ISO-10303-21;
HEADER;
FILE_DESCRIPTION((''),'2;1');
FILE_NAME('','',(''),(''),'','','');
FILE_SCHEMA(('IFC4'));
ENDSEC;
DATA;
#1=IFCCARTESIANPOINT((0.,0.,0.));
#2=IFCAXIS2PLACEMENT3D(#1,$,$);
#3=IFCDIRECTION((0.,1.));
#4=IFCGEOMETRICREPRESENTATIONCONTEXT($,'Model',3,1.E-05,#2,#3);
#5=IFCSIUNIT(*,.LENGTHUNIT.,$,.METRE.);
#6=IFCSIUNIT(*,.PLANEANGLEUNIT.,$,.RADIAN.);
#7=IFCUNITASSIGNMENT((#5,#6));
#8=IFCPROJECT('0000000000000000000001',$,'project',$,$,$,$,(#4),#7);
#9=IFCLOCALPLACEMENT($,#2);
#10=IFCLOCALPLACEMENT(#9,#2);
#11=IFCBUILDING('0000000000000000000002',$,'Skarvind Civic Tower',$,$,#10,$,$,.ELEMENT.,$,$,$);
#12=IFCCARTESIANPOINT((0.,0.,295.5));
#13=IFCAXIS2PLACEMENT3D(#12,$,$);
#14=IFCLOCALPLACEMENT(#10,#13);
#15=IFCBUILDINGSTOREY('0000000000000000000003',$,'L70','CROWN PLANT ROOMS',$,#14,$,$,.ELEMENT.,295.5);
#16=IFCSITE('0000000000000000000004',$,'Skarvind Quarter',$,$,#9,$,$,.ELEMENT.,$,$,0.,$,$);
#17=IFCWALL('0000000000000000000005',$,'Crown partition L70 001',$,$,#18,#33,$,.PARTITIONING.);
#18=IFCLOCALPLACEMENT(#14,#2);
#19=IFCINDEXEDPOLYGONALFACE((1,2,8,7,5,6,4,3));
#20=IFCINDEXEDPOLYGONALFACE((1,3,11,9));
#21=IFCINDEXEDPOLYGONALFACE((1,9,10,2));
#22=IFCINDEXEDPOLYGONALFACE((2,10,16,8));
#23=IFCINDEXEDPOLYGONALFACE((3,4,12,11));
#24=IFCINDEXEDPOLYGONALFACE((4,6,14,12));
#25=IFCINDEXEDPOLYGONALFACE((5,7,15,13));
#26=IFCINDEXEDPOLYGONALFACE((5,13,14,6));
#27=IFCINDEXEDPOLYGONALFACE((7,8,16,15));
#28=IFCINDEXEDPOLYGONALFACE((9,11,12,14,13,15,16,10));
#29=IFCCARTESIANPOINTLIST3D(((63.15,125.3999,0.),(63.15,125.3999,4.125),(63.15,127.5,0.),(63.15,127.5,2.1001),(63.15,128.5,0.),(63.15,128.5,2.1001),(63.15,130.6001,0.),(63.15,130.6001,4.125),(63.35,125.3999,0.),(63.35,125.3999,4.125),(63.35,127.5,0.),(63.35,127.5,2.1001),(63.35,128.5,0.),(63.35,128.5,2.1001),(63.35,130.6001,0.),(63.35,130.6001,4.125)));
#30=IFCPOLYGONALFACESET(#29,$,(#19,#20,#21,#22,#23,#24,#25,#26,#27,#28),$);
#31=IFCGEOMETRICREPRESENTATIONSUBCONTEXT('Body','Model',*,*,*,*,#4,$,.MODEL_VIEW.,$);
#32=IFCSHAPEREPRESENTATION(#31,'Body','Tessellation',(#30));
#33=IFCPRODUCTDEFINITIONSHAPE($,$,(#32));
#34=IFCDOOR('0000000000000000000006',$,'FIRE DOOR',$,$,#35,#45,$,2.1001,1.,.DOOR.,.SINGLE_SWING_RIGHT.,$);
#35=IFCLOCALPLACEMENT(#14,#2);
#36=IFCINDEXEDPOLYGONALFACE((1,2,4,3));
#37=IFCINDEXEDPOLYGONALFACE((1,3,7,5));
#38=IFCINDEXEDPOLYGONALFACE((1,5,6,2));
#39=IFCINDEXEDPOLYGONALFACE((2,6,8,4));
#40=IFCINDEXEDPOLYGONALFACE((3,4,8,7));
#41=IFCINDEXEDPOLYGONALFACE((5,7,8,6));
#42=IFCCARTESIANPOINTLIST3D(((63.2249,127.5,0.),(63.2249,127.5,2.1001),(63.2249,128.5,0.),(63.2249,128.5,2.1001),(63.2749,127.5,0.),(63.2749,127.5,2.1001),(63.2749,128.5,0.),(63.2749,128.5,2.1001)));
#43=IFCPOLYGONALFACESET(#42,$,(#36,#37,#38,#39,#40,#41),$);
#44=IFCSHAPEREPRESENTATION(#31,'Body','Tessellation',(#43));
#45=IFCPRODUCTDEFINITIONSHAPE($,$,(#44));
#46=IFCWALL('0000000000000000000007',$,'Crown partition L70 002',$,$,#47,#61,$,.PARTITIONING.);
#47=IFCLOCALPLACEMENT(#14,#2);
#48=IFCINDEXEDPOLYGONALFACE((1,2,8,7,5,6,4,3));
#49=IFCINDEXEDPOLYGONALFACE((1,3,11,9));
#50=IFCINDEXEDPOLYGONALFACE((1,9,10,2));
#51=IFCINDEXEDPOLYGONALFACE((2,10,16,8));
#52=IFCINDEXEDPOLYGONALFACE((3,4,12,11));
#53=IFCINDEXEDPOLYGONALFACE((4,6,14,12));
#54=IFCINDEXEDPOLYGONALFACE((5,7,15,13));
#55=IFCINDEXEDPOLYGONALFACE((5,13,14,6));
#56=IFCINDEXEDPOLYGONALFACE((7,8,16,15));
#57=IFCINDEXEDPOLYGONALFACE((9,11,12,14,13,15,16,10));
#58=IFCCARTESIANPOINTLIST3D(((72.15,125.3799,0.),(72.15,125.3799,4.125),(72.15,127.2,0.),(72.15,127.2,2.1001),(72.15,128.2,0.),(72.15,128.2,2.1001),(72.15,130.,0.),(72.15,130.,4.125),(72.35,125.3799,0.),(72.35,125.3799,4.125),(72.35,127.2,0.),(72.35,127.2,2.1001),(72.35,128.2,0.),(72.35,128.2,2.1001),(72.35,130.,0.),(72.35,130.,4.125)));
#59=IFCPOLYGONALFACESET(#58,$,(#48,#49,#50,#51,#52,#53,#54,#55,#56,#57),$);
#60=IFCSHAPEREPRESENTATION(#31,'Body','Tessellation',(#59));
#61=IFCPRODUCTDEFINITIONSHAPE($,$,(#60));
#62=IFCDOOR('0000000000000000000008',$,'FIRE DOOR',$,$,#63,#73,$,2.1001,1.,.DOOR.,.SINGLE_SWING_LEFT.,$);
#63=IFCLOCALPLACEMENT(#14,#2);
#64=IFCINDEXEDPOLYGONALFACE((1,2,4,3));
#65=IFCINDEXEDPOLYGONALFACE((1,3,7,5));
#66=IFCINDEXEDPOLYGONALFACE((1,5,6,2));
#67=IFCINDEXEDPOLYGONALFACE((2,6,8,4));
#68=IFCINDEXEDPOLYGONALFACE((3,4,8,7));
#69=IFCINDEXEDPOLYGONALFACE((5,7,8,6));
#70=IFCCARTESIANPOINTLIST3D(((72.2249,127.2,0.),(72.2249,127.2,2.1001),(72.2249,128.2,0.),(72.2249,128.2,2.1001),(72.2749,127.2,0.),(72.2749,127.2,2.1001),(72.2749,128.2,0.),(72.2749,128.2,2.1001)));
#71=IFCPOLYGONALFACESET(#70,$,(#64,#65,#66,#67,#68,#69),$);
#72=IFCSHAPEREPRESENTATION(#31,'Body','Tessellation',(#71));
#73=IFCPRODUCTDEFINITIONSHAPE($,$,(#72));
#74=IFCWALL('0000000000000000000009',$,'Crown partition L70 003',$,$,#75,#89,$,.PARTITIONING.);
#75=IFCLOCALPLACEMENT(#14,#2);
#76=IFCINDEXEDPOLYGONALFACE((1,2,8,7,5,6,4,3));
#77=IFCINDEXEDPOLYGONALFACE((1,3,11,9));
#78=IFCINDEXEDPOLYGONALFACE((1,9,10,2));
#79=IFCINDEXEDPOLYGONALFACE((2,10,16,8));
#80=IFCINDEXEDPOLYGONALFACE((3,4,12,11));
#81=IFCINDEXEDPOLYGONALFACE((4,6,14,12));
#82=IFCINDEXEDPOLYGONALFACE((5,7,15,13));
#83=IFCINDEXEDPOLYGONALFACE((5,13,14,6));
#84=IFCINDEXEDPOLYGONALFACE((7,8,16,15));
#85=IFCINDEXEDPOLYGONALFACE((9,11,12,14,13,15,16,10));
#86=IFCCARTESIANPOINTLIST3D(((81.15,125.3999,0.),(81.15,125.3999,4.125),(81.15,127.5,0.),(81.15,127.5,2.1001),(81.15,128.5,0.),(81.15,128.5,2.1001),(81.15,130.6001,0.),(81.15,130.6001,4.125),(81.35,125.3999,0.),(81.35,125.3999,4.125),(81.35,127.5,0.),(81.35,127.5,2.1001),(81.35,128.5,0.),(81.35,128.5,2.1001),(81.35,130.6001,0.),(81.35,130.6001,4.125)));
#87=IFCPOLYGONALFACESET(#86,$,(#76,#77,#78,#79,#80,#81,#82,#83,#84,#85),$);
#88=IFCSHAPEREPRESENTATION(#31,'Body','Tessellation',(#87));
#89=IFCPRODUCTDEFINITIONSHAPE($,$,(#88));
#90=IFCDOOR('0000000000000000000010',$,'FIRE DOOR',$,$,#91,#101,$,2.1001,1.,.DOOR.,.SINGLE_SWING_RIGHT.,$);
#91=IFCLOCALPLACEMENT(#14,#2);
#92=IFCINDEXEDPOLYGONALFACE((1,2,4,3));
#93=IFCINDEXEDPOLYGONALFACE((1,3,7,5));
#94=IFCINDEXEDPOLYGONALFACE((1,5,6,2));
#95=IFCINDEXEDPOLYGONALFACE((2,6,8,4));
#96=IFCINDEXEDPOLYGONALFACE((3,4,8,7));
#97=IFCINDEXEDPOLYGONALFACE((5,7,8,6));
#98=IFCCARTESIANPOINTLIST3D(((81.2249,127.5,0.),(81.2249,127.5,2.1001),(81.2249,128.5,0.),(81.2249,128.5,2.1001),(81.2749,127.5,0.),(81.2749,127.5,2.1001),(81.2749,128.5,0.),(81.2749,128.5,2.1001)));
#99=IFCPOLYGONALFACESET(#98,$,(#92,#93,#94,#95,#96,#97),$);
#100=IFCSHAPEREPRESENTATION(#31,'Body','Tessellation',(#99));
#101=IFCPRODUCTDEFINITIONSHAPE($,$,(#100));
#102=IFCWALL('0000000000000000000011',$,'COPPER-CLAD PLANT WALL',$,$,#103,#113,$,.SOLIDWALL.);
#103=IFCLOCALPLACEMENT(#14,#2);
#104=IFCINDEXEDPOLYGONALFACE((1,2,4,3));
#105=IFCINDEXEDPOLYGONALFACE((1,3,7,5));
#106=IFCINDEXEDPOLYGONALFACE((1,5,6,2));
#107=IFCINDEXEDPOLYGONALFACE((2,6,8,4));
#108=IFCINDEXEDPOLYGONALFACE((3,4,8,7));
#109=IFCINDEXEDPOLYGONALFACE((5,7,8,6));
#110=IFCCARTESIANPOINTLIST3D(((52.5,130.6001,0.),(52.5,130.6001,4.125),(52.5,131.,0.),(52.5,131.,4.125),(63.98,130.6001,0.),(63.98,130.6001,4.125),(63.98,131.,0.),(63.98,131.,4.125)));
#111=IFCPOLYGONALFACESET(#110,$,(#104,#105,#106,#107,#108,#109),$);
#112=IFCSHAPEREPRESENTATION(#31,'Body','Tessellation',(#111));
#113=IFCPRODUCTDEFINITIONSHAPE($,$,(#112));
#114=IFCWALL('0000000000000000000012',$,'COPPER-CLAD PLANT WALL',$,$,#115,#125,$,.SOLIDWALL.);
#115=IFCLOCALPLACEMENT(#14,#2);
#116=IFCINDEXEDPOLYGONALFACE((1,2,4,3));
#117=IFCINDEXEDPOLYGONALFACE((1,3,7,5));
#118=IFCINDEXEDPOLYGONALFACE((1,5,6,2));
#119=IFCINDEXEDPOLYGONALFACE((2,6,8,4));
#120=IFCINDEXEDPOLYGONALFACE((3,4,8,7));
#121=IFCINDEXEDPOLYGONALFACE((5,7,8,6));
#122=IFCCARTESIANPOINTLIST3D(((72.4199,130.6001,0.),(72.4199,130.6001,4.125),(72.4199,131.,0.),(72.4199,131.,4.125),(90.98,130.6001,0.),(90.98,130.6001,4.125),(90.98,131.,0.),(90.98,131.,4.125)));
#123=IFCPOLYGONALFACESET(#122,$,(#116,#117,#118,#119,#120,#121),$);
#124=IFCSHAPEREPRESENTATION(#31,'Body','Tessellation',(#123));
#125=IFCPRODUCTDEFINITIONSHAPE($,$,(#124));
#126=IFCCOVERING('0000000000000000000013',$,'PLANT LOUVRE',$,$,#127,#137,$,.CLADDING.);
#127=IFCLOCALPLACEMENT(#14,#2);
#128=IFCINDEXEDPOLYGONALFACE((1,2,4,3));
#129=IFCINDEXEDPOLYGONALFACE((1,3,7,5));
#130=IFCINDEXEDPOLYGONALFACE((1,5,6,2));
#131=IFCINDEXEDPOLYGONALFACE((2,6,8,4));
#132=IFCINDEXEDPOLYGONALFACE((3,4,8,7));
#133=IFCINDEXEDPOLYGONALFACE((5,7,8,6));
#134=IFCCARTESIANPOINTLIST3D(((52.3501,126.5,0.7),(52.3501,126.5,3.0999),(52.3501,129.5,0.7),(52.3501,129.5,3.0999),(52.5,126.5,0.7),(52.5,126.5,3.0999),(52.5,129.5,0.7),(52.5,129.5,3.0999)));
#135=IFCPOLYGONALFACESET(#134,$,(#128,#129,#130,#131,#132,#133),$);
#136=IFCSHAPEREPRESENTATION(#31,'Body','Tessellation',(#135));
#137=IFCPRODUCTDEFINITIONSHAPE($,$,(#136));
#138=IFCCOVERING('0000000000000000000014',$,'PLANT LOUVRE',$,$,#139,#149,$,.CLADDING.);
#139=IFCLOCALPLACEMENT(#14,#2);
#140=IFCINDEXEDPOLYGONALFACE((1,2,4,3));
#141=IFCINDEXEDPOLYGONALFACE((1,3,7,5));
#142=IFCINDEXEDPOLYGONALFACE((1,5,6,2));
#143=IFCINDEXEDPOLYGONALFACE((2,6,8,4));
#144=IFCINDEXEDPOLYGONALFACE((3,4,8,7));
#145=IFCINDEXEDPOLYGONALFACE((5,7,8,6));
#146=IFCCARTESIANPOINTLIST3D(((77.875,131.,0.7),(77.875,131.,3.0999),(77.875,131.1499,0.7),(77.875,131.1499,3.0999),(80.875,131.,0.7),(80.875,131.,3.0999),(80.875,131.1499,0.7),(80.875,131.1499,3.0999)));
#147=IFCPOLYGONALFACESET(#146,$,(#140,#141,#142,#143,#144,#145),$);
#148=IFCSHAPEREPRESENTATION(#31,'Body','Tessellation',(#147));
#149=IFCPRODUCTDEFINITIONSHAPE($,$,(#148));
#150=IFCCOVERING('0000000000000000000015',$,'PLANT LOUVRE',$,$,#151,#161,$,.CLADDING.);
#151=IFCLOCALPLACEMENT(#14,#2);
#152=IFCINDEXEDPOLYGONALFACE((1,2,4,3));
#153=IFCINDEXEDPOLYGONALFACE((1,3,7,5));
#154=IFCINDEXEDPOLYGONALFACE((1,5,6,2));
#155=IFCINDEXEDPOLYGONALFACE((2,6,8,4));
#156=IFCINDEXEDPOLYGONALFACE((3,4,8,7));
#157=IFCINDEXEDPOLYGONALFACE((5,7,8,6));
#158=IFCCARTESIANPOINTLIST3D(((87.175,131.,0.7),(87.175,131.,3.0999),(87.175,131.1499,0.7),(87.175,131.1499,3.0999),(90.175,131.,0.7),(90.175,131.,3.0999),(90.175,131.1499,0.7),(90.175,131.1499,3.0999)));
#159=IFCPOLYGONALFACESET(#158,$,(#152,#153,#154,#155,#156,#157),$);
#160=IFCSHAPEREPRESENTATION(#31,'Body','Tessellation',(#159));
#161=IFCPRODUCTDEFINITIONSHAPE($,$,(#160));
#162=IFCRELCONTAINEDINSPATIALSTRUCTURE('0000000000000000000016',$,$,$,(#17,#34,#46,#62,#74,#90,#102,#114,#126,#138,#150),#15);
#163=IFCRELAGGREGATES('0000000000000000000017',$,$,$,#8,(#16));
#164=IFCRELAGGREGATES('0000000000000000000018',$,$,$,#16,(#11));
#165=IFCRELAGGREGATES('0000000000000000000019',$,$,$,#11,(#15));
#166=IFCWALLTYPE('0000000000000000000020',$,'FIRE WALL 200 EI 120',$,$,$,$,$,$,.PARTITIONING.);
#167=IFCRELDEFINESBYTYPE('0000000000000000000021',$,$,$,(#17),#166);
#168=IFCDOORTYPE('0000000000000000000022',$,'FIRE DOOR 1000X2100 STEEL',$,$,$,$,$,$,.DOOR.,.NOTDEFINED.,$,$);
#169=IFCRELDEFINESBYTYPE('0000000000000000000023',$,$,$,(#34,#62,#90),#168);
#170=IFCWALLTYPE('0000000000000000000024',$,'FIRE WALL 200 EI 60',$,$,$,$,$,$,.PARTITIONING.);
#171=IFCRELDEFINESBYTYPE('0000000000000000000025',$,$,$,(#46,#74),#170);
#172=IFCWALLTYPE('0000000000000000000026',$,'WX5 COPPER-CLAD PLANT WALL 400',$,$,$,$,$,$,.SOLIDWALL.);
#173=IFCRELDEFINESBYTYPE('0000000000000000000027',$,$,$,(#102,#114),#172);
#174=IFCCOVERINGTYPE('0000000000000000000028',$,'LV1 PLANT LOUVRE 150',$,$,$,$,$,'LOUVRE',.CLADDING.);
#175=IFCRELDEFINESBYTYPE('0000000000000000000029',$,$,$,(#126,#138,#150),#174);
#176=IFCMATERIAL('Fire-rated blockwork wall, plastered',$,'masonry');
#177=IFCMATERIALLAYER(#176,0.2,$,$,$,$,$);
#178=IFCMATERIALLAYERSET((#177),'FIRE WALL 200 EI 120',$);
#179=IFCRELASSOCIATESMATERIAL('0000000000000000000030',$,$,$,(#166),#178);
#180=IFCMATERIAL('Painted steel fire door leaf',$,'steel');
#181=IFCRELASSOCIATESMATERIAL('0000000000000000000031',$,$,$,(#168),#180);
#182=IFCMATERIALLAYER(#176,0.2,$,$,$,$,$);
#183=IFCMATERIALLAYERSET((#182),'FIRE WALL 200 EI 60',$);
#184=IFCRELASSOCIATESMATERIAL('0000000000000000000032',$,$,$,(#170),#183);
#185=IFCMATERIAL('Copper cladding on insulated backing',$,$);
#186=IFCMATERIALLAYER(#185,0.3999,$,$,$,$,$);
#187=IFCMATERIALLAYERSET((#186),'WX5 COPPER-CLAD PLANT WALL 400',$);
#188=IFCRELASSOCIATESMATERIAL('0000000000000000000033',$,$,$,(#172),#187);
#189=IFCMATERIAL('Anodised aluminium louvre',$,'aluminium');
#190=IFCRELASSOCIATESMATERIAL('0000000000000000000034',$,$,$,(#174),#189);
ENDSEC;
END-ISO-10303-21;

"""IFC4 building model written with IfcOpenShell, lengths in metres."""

from ifc_helpers import new_model, si_unit, direction, frame, frame_2d, origin, origin_2d, place, context, subcontext, project, spatial, rectangle, extrude, material, layer, layer_set, material_profile, profile_set, type_object, element, fill, save


model = new_model("IFC4")

# Units and contexts
model_context = context("Model", 3, precision=1e-05, world=origin(), true_north=direction((0.0, 1.0)))
body_context = subcontext(model_context, "Body", "Model", "MODEL_VIEW")
ifc_project = project(units=[si_unit("LENGTHUNIT", "METRE"), si_unit("PLANEANGLEUNIT", "RADIAN")], contexts=[model_context])

# Site, building, storey
site_placement = place(None, origin())
site = spatial("IfcSite", under=ifc_project, at=site_placement, Name="Skarvind Quarter", CompositionType="ELEMENT", RefElevation=0.0)
building_placement = place(site_placement, origin())
building = spatial("IfcBuilding", under=site, at=building_placement, Name="Skarvind Civic Tower", CompositionType="ELEMENT")
storey_placement = place(building_placement, frame((0.0, 0.0, 295.5)))
storey = spatial("IfcBuildingStorey", under=building, at=storey_placement, Name="L70", Description="CROWN PLANT ROOMS", CompositionType="ELEMENT", Elevation=295.5)

# Walls, openings, doors
ifc_material_1 = material(Name="Fire-rated blockwork wall, plastered", Category="masonry")
ifc_layer_1 = layer(ifc_material_1, 0.2)
ifc_layer_set_1 = layer_set([ifc_layer_1], Name="FIRE WALL 200 EI 120")
wall_type_1 = type_object("IfcWallType", Name="FIRE WALL 200 EI 120", PredefinedType="PARTITIONING", material=ifc_layer_set_1)
wall_1_placement = place(storey_placement, frame((63.25, 130.6001, 0.0), z_axis=(0.0, 0.0, 1.0), x_axis=(0.0, -1.0, 0.0)))
wall_1 = element("IfcWall", 1, at=wall_1_placement, inside=storey, type_object=wall_type_1, Name="Crown partition L70 001", PredefinedType="PARTITIONING", context=body_context, shape_type="SweptSolid", body=[
    extrude(rectangle(XDim=5.2002, YDim=0.2, at=frame_2d((2.6001, 0.0))), origin(), (0.0, 0.0, 1.0), 4.125),
])
opening_1_placement = place(wall_1_placement, frame((2.1001, 0.0, 0.0)))
opening_1 = element("IfcOpeningElement", 2, at=opening_1_placement, cuts=wall_1, PredefinedType="OPENING", context=body_context, shape_type="SweptSolid", body=[
    extrude(rectangle(XDim=1.0, YDim=2.1001, at=frame_2d((0.5, 1.05))), frame((0.0, 0.1099, 0.0), z_axis=(0.0, -1.0, 0.0), x_axis=(1.0, 0.0, 0.0)), (0.0, 0.0, 1.0), 0.22),
])
ifc_material_2 = material(Name="Painted steel fire door leaf", Category="steel")
door_type_1 = type_object("IfcDoorType", Name="FIRE DOOR 1000X2100 STEEL", OperationType="NOTDEFINED", PredefinedType="DOOR", material=ifc_material_2)
door_1_placement = place(opening_1_placement, origin())
door_1 = element("IfcDoor", 3, at=door_1_placement, inside=storey, type_object=door_type_1, Name="FIRE DOOR", OperationType="SINGLE_SWING_RIGHT", OverallHeight=2.1001, OverallWidth=1.0, PredefinedType="DOOR", context=body_context, shape_type="SweptSolid", body=[
    extrude(rectangle(XDim=1.0, YDim=2.1001, at=frame_2d((0.5, 1.05))), frame((0.0, 0.0249, 0.0), z_axis=(0.0, -1.0, 0.0), x_axis=(1.0, 0.0, 0.0)), (0.0, 0.0, 1.0), 0.05),
])
fill(opening_1, door_1)
ifc_layer_2 = layer(ifc_material_1, 0.2)
ifc_layer_set_2 = layer_set([ifc_layer_2], Name="FIRE WALL 200 EI 60")
wall_type_2 = type_object("IfcWallType", Name="FIRE WALL 200 EI 60", PredefinedType="PARTITIONING", material=ifc_layer_set_2)
wall_2_placement = place(storey_placement, frame((72.25, 130.0, 0.0), z_axis=(0.0, 0.0, 1.0), x_axis=(0.0, -1.0, 0.0)))
wall_2 = element("IfcWall", 4, at=wall_2_placement, inside=storey, type_object=wall_type_2, Name="Crown partition L70 002", PredefinedType="PARTITIONING", context=body_context, shape_type="SweptSolid", body=[
    extrude(rectangle(XDim=4.6201, YDim=0.2, at=frame_2d((2.3101, 0.0))), origin(), (0.0, 0.0, 1.0), 4.125),
])
opening_2_placement = place(wall_2_placement, frame((1.8, 0.0, 0.0)))
opening_2 = element("IfcOpeningElement", 5, at=opening_2_placement, cuts=wall_2, PredefinedType="OPENING", context=body_context, shape_type="SweptSolid", body=[
    extrude(rectangle(XDim=1.0, YDim=2.1001, at=frame_2d((0.5, 1.05))), frame((0.0, 0.1099, 0.0), z_axis=(0.0, -1.0, 0.0), x_axis=(1.0, 0.0, 0.0)), (0.0, 0.0, 1.0), 0.22),
])
door_2_placement = place(opening_2_placement, origin())
door_2 = element("IfcDoor", 6, at=door_2_placement, inside=storey, type_object=door_type_1, Name="FIRE DOOR", OperationType="SINGLE_SWING_LEFT", OverallHeight=2.1001, OverallWidth=1.0, PredefinedType="DOOR", context=body_context, shape_type="SweptSolid", body=[
    extrude(rectangle(XDim=1.0, YDim=2.1001, at=frame_2d((0.5, 1.05))), frame((0.0, 0.0249, 0.0), z_axis=(0.0, -1.0, 0.0), x_axis=(1.0, 0.0, 0.0)), (0.0, 0.0, 1.0), 0.05),
])
fill(opening_2, door_2)
wall_3_placement = place(storey_placement, frame((81.25, 130.6001, 0.0), z_axis=(0.0, 0.0, 1.0), x_axis=(0.0, -1.0, 0.0)))
wall_3 = element("IfcWall", 7, at=wall_3_placement, inside=storey, type_object=wall_type_2, Name="Crown partition L70 003", PredefinedType="PARTITIONING", context=body_context, shape_type="SweptSolid", body=[
    extrude(rectangle(XDim=5.2002, YDim=0.2, at=frame_2d((2.6001, 0.0))), origin(), (0.0, 0.0, 1.0), 4.125),
])
opening_3_placement = place(wall_3_placement, frame((2.1001, 0.0, 0.0)))
opening_3 = element("IfcOpeningElement", 8, at=opening_3_placement, cuts=wall_3, PredefinedType="OPENING", context=body_context, shape_type="SweptSolid", body=[
    extrude(rectangle(XDim=1.0, YDim=2.1001, at=frame_2d((0.5, 1.05))), frame((0.0, 0.1099, 0.0), z_axis=(0.0, -1.0, 0.0), x_axis=(1.0, 0.0, 0.0)), (0.0, 0.0, 1.0), 0.22),
])
door_3_placement = place(opening_3_placement, origin())
door_3 = element("IfcDoor", 9, at=door_3_placement, inside=storey, type_object=door_type_1, Name="FIRE DOOR", OperationType="SINGLE_SWING_RIGHT", OverallHeight=2.1001, OverallWidth=1.0, PredefinedType="DOOR", context=body_context, shape_type="SweptSolid", body=[
    extrude(rectangle(XDim=1.0, YDim=2.1001, at=frame_2d((0.5, 1.05))), frame((0.0, 0.0249, 0.0), z_axis=(0.0, -1.0, 0.0), x_axis=(1.0, 0.0, 0.0)), (0.0, 0.0, 1.0), 0.05),
])
fill(opening_3, door_3)

# Walls
ifc_material_3 = material(Name="Copper cladding on insulated backing")
ifc_layer_3 = layer(ifc_material_3, 0.3999)
ifc_layer_set_3 = layer_set([ifc_layer_3], Name="WX5 COPPER-CLAD PLANT WALL 400")
wall_type_3 = type_object("IfcWallType", Name="WX5 COPPER-CLAD PLANT WALL 400", PredefinedType="SOLIDWALL", material=ifc_layer_set_3)
wall_4_placement = place(storey_placement, frame((52.5, 130.8, 0.0), z_axis=(0.0, 0.0, 1.0), x_axis=(1.0, 0.0, 0.0)))
element("IfcWall", 10, at=wall_4_placement, inside=storey, type_object=wall_type_3, Name="COPPER-CLAD PLANT WALL", PredefinedType="SOLIDWALL", context=body_context, shape_type="SweptSolid", body=[
    extrude(rectangle(XDim=11.48, YDim=0.3999, at=frame_2d((5.74, 0.0))), origin(), (0.0, 0.0, 1.0), 4.125),
])
wall_5_placement = place(storey_placement, frame((72.4199, 130.8, 0.0), z_axis=(0.0, 0.0, 1.0), x_axis=(1.0, 0.0, 0.0)))
element("IfcWall", 11, at=wall_5_placement, inside=storey, type_object=wall_type_3, Name="COPPER-CLAD PLANT WALL", PredefinedType="SOLIDWALL", context=body_context, shape_type="SweptSolid", body=[
    extrude(rectangle(XDim=18.5601, YDim=0.3999, at=frame_2d((9.28, 0.0))), origin(), (0.0, 0.0, 1.0), 4.125),
])

# Coverings
ifc_material_4 = material(Name="Anodised aluminium louvre", Category="aluminium")
ifc_material_profile_1 = material_profile(ifc_material_4, rectangle(XDim=3.0, YDim=2.3999, at=origin_2d()), Name="LOUVRE 3000 x 2400")
ifc_profile_set_1 = profile_set([ifc_material_profile_1], Name="Anodised aluminium louvre")
covering_type = type_object("IfcCoveringType", Name="LV1 PLANT LOUVRE 150", ElementType="LOUVRE", PredefinedType="CLADDING", material=ifc_profile_set_1)
for number, where, z_axis, x_axis, name in (
    (12, (52.5, 128.0, 1.8999), (-1.0, 0.0, 0.0), (0.0, -1.0, 0.0), "PLANT LOUVRE"),
    (13, (79.375, 131.0, 1.8999), (0.0, 1.0, 0.0), (-1.0, 0.0, 0.0), "PLANT LOUVRE"),
    (14, (88.675, 131.0, 1.8999), (0.0, 1.0, 0.0), (-1.0, 0.0, 0.0), "PLANT LOUVRE"),
):
    element("IfcCovering", number, at=place(storey_placement, frame(where, z_axis=z_axis, x_axis=x_axis)), inside=storey, type_object=covering_type, Name=name, PredefinedType="CLADDING", context=body_context, shape_type="SweptSolid", body=[
        extrude(rectangle(XDim=3.0, YDim=2.3999, at=origin_2d()), origin(), (0.0, 0.0, 1.0), 0.1499),
    ])

save(model, "model.ifc")
